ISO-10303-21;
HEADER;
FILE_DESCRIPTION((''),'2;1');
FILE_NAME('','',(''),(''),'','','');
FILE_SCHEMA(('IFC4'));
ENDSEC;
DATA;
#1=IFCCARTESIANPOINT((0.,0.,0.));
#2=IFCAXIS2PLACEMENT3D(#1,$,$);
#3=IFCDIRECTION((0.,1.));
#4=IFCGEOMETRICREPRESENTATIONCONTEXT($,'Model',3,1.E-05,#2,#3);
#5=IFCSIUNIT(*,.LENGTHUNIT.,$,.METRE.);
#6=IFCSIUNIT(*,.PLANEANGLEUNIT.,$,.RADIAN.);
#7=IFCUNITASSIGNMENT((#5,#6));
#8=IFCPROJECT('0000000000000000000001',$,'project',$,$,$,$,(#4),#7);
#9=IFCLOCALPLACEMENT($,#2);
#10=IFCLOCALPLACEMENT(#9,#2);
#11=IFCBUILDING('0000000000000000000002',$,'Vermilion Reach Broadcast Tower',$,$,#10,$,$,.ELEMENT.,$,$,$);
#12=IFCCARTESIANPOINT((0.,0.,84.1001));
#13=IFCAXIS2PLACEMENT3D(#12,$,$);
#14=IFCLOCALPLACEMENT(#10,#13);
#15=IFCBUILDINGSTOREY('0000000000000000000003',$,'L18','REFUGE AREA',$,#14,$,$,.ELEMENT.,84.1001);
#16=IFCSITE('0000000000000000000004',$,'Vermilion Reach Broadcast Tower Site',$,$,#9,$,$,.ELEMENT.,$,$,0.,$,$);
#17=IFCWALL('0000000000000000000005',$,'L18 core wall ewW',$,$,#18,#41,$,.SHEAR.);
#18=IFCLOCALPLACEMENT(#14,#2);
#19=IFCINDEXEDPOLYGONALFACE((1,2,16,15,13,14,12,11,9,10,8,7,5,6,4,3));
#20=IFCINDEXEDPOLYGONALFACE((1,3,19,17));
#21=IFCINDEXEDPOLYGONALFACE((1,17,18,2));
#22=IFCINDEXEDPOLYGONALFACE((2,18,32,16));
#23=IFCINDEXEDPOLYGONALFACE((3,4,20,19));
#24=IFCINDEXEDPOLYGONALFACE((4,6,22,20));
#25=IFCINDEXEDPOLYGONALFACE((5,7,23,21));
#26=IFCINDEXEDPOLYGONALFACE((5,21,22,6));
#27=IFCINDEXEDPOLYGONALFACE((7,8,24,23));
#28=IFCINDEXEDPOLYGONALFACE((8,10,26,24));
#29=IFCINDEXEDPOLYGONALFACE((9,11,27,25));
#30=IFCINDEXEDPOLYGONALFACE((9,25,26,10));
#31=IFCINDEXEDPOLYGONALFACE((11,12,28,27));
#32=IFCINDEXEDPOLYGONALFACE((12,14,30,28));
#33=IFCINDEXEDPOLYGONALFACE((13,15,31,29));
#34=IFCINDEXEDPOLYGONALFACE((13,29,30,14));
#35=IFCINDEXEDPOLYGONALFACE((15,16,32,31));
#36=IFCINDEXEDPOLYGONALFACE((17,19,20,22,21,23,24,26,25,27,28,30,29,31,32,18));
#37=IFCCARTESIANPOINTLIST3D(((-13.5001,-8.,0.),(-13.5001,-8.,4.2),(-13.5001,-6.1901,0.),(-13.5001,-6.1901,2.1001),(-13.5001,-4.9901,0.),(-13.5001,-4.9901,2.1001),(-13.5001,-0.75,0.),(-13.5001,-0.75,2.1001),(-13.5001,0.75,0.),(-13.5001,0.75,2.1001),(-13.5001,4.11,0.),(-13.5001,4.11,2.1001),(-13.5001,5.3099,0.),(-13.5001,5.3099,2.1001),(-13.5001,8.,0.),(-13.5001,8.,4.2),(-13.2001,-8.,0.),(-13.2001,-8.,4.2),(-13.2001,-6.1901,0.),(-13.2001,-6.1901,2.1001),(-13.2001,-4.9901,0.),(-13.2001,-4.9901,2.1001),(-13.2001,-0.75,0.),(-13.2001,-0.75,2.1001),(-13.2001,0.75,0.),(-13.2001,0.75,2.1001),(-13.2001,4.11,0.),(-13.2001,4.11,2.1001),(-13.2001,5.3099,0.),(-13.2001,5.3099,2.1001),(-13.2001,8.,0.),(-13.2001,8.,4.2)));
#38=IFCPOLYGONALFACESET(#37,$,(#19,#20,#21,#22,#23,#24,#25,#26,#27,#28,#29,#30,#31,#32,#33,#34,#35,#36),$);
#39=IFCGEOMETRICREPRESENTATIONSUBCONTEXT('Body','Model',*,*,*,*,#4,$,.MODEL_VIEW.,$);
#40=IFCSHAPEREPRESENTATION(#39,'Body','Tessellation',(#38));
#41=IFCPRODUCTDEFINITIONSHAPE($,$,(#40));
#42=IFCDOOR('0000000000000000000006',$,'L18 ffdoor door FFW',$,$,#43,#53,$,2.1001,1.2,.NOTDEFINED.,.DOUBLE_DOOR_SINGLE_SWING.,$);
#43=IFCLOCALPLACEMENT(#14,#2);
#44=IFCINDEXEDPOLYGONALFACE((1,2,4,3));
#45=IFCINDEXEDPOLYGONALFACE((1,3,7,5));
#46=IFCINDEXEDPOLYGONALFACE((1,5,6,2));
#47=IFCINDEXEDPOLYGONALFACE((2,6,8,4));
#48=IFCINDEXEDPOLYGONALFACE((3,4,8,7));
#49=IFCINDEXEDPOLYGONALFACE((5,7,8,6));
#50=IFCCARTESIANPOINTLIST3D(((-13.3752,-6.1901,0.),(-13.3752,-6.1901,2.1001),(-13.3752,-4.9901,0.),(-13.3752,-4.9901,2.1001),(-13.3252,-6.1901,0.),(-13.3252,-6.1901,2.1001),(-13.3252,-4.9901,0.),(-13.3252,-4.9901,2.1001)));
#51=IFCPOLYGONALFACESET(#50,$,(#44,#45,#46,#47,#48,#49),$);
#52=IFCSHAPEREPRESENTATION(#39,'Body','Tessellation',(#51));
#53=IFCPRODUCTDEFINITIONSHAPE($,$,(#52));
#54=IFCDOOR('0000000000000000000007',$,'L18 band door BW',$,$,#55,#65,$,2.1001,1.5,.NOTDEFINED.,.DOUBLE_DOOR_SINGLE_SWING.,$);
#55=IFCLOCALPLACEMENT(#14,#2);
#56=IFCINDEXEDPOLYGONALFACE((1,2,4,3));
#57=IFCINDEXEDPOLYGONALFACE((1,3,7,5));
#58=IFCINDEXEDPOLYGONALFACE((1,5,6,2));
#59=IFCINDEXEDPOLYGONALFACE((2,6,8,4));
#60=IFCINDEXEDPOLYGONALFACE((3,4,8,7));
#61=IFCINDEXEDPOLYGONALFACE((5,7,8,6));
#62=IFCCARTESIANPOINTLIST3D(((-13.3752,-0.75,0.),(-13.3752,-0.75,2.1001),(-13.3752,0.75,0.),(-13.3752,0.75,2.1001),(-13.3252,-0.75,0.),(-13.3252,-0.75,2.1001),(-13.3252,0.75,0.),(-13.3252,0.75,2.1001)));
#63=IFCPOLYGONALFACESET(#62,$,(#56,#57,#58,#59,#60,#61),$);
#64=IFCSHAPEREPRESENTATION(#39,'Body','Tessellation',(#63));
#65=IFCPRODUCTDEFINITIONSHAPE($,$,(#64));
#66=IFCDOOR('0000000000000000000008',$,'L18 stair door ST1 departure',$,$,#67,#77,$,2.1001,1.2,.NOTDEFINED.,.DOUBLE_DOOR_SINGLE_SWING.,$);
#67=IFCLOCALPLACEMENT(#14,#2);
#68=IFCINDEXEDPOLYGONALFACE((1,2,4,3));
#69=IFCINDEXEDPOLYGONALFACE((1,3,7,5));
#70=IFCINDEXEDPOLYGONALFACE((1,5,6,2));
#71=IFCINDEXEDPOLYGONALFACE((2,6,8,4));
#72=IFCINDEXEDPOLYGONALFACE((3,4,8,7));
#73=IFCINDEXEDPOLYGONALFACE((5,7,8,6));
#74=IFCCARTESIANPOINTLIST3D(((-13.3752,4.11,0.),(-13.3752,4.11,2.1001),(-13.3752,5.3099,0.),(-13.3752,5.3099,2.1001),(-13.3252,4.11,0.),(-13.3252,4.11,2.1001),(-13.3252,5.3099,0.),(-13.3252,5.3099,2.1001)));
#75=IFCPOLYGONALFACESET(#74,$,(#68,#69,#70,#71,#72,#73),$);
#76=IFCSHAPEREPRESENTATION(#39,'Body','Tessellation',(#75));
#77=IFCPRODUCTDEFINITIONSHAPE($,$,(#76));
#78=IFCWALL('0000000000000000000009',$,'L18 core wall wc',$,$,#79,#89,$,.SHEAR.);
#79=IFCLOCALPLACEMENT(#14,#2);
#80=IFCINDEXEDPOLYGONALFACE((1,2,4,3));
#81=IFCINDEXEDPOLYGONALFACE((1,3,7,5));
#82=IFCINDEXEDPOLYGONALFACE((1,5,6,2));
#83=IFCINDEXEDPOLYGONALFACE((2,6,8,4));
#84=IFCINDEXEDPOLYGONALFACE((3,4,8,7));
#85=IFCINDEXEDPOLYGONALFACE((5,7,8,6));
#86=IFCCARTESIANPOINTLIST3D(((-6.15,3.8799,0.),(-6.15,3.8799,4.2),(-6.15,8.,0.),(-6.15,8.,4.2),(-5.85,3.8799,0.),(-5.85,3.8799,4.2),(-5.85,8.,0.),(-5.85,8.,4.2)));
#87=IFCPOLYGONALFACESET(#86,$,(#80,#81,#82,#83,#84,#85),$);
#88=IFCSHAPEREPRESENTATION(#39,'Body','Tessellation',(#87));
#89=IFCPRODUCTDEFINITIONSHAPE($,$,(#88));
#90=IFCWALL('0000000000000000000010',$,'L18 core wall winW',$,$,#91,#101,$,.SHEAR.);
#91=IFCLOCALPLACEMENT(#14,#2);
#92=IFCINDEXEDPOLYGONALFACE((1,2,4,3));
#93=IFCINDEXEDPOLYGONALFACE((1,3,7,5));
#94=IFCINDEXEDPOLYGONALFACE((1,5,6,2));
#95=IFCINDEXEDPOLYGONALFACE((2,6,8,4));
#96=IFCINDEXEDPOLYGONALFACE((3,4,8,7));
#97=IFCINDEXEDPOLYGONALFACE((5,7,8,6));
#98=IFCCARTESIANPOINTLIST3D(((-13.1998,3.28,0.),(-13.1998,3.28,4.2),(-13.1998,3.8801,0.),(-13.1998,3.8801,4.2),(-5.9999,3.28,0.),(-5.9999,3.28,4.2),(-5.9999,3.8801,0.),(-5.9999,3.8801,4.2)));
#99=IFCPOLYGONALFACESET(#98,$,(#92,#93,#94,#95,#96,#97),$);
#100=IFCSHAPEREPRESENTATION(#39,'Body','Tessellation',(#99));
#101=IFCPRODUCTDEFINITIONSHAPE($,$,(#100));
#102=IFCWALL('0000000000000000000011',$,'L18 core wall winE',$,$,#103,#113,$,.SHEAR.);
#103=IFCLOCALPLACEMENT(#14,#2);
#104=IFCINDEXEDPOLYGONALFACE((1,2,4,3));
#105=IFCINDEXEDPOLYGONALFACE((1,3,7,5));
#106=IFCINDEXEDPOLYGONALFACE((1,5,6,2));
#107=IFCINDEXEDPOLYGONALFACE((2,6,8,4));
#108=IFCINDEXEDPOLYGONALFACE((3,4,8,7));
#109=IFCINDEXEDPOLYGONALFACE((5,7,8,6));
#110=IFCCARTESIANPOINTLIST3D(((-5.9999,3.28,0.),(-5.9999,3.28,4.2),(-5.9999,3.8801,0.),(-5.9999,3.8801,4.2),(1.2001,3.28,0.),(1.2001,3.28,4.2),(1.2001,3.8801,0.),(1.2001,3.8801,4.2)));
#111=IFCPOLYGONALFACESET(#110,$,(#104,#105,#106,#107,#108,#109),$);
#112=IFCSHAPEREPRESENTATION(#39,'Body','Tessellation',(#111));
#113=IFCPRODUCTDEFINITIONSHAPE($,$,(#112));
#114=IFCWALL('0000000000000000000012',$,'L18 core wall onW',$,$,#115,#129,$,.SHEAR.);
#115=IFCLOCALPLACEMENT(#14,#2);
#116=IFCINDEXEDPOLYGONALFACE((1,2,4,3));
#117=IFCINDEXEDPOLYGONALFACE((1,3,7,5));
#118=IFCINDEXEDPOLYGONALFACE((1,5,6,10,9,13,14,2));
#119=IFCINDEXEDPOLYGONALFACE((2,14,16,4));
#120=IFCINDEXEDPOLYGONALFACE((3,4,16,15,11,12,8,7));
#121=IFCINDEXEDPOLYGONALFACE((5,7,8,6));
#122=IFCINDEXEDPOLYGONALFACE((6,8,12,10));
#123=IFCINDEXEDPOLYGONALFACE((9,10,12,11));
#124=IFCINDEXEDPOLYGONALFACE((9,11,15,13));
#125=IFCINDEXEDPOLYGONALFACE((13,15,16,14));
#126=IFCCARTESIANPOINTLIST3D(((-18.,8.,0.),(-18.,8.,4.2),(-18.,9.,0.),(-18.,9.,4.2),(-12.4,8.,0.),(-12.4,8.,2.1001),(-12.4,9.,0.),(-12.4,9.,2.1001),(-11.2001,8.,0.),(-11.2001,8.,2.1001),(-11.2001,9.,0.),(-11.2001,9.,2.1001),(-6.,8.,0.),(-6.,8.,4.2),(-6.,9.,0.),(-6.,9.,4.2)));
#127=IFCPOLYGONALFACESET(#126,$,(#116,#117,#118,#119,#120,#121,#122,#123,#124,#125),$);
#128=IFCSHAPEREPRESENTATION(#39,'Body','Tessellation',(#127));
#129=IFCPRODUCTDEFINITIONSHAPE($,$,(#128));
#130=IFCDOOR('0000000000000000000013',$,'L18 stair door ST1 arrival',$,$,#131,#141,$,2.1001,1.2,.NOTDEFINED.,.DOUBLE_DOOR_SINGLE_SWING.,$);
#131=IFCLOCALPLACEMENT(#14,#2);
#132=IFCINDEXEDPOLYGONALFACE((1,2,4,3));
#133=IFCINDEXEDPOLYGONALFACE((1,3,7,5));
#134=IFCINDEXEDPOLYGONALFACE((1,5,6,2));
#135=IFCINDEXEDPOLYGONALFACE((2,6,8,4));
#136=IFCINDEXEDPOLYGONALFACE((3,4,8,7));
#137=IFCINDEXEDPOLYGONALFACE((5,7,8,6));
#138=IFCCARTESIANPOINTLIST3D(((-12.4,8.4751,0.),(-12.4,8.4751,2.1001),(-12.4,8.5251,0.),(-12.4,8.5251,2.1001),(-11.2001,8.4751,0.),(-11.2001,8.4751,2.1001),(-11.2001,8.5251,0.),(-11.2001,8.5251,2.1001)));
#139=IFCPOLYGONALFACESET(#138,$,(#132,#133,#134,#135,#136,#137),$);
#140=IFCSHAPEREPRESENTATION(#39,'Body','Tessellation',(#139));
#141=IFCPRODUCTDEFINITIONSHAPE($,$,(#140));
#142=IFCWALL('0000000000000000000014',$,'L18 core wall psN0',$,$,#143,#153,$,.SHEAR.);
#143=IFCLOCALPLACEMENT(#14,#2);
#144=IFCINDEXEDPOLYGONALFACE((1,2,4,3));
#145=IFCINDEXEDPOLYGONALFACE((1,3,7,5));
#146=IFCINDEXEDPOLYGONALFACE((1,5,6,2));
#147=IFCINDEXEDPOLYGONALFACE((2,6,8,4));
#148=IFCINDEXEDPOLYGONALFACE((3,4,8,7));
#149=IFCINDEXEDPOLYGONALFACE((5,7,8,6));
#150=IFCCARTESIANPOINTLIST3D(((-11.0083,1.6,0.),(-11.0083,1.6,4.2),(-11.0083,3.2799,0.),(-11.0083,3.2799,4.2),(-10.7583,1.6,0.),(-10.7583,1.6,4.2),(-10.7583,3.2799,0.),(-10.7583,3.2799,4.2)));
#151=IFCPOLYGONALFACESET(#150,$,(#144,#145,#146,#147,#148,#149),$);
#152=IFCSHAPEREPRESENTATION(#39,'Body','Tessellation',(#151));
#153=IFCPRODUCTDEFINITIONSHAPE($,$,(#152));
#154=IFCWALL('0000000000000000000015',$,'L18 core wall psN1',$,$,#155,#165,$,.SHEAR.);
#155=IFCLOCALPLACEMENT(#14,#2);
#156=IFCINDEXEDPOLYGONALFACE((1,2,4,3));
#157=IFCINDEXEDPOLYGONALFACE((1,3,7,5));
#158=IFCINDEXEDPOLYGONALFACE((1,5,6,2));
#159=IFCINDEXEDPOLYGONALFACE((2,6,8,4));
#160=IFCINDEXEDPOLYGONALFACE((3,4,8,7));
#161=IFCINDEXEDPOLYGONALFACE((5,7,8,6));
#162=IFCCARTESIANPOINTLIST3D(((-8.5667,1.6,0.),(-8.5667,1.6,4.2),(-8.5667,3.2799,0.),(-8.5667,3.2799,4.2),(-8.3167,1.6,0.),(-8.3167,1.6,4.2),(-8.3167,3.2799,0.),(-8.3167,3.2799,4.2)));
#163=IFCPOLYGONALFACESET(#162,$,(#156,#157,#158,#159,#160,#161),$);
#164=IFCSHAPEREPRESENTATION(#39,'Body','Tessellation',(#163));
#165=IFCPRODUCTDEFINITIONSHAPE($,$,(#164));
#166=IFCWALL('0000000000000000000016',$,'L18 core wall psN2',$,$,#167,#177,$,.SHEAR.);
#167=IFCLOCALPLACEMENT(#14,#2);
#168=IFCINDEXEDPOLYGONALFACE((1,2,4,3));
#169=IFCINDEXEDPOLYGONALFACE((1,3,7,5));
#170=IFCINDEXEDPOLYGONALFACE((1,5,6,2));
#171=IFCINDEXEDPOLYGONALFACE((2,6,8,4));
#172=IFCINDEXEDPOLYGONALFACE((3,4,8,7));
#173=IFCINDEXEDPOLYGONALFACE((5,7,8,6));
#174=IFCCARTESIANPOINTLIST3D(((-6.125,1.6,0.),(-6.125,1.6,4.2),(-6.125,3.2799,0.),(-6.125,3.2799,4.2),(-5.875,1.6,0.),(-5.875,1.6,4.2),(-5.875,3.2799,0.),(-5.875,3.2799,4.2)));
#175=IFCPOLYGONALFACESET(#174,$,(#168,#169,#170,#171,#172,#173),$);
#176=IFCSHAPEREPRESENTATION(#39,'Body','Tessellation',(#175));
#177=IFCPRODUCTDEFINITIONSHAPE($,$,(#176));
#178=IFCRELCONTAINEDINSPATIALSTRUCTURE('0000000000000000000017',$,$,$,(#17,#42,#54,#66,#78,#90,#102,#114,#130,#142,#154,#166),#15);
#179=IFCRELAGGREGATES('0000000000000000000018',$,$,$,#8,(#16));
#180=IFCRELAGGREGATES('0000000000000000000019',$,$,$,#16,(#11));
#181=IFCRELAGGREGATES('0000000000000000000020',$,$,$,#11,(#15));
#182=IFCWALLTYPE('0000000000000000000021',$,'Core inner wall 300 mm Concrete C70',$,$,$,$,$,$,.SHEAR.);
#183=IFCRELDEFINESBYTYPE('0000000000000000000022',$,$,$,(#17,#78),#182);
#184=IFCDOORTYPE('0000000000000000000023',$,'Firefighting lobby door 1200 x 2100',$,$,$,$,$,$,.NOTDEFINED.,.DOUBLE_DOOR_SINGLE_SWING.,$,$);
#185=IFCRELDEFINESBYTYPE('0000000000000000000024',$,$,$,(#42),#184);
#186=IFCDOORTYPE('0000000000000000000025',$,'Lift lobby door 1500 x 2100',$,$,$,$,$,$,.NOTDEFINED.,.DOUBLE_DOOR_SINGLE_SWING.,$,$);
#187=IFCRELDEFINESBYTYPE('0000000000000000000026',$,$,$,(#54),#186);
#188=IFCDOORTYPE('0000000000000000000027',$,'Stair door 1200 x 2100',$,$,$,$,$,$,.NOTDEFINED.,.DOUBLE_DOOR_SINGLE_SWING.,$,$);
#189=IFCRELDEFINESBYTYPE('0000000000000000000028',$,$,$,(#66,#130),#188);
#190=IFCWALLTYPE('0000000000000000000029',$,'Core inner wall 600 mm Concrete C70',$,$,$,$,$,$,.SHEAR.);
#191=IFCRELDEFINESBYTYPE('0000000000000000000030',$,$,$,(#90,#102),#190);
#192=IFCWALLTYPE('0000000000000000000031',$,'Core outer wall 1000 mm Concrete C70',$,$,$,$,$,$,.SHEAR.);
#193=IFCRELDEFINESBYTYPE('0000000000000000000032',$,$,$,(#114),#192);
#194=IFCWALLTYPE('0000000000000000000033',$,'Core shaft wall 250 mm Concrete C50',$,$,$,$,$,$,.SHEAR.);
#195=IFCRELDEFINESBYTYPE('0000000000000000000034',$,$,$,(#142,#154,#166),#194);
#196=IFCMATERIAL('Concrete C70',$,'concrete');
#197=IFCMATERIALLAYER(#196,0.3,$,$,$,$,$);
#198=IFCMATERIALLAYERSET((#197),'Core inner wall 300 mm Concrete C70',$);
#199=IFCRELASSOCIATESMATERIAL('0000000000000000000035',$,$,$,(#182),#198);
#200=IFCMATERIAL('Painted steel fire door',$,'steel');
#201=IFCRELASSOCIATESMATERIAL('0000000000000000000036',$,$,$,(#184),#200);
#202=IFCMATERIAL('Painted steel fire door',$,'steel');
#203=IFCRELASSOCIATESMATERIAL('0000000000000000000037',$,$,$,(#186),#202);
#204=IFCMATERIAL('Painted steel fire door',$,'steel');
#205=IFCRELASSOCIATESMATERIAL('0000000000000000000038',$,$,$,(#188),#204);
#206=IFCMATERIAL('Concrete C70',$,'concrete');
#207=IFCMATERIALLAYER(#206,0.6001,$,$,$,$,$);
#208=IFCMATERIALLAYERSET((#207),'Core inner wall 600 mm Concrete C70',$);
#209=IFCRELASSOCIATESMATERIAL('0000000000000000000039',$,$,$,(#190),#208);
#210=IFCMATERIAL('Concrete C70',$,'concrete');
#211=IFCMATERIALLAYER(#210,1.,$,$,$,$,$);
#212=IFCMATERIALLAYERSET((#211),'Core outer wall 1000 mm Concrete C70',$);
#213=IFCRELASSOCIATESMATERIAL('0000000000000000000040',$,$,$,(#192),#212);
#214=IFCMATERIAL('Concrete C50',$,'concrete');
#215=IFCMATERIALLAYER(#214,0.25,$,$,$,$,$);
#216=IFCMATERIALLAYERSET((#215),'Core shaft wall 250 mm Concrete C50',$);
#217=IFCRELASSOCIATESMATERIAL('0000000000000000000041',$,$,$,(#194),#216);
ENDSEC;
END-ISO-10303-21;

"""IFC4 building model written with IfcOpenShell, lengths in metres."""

from ifc_helpers import new_model, si_unit, direction, frame, frame_2d, origin, place, context, subcontext, project, spatial, rectangle, extrude, material, layer, layer_set, type_object, element, fill, save


model = new_model("IFC4")

# Units and contexts
model_context = context("Model", 3, precision=1e-05, world=origin(), true_north=direction((0.0, 1.0)))
body_context = subcontext(model_context, "Body", "Model", "MODEL_VIEW")
ifc_project = project(units=[si_unit("LENGTHUNIT", "METRE"), si_unit("PLANEANGLEUNIT", "RADIAN")], contexts=[model_context])

# Site, building, storey
site_placement = place(None, origin())
site = spatial("IfcSite", under=ifc_project, at=site_placement, Name="Vermilion Reach Broadcast Tower Site", CompositionType="ELEMENT", RefElevation=0.0)
building_placement = place(site_placement, origin())
building = spatial("IfcBuilding", under=site, at=building_placement, Name="Vermilion Reach Broadcast Tower", CompositionType="ELEMENT")
storey_placement = place(building_placement, frame((0.0, 0.0, 84.1001)))
storey = spatial("IfcBuildingStorey", under=building, at=storey_placement, Name="L18", Description="REFUGE AREA", CompositionType="ELEMENT", Elevation=84.1001)

# Wall, openings, doors
ifc_material_1 = material(Name="Concrete C70", Category="concrete")
ifc_layer_1 = layer(ifc_material_1, 0.3)
ifc_layer_set_1 = layer_set([ifc_layer_1], Name="Core inner wall 300 mm Concrete C70")
wall_type_1 = type_object("IfcWallType", Name="Core inner wall 300 mm Concrete C70", PredefinedType="SHEAR", material=ifc_layer_set_1)
wall_1_placement = place(storey_placement, frame((-13.3501, 8.0, 0.0), z_axis=(0.0, 0.0, 1.0), x_axis=(0.0, -1.0, 0.0)))
wall_1 = element("IfcWall", 1, at=wall_1_placement, inside=storey, type_object=wall_type_1, Name="L18 core wall ewW", PredefinedType="SHEAR", context=body_context, shape_type="SweptSolid", body=[
    extrude(rectangle(XDim=16.0, YDim=0.3, at=frame_2d((8.0, 0.0))), origin(), (0.0, 0.0, 1.0), 4.2),
])
opening_1_placement = place(wall_1_placement, frame((2.6899, 0.0, 0.0)))
opening_1 = element("IfcOpeningElement", 2, at=opening_1_placement, cuts=wall_1, PredefinedType="OPENING", context=body_context, shape_type="SweptSolid", body=[
    extrude(rectangle(XDim=1.2, YDim=2.1001, at=frame_2d((0.6001, 1.05))), frame((0.0, 0.1599, 0.0), z_axis=(0.0, -1.0, 0.0), x_axis=(1.0, 0.0, 0.0)), (0.0, 0.0, 1.0), 0.3201),
])
opening_2_placement = place(wall_1_placement, frame((12.99, 0.0, 0.0)))
opening_2 = element("IfcOpeningElement", 3, at=opening_2_placement, cuts=wall_1, PredefinedType="OPENING", context=body_context, shape_type="SweptSolid", body=[
    extrude(rectangle(XDim=1.2, YDim=2.1001, at=frame_2d((0.6001, 1.05))), frame((0.0, 0.1599, 0.0), z_axis=(0.0, -1.0, 0.0), x_axis=(1.0, 0.0, 0.0)), (0.0, 0.0, 1.0), 0.3201),
])
opening_3_placement = place(wall_1_placement, frame((7.25, 0.0, 0.0)))
opening_3 = element("IfcOpeningElement", 4, at=opening_3_placement, cuts=wall_1, PredefinedType="OPENING", context=body_context, shape_type="SweptSolid", body=[
    extrude(rectangle(XDim=1.5, YDim=2.1001, at=frame_2d((0.75, 1.05))), frame((0.0, 0.1599, 0.0), z_axis=(0.0, -1.0, 0.0), x_axis=(1.0, 0.0, 0.0)), (0.0, 0.0, 1.0), 0.3201),
])
ifc_material_2 = material(Name="Painted steel fire door", Category="steel")
door_type_1 = type_object("IfcDoorType", Name="Firefighting lobby door 1200 x 2100", OperationType="DOUBLE_DOOR_SINGLE_SWING", PredefinedType="NOTDEFINED", material=ifc_material_2)
door_1_placement = place(opening_2_placement, origin())
door_1 = element("IfcDoor", 5, at=door_1_placement, inside=storey, type_object=door_type_1, Name="L18 ffdoor door FFW", OperationType="DOUBLE_DOOR_SINGLE_SWING", OverallHeight=2.1001, OverallWidth=1.2, PredefinedType="NOTDEFINED", context=body_context, shape_type="SweptSolid", body=[
    extrude(rectangle(XDim=1.2, YDim=2.1001, at=frame_2d((0.6001, 1.05))), frame((0.0, 0.0249, 0.0), z_axis=(0.0, -1.0, 0.0), x_axis=(1.0, 0.0, 0.0)), (0.0, 0.0, 1.0), 0.05),
])
fill(opening_2, door_1)
ifc_material_3 = material(Name="Painted steel fire door", Category="steel")
door_type_2 = type_object("IfcDoorType", Name="Lift lobby door 1500 x 2100", OperationType="DOUBLE_DOOR_SINGLE_SWING", PredefinedType="NOTDEFINED", material=ifc_material_3)
door_2_placement = place(opening_3_placement, origin())
door_2 = element("IfcDoor", 6, at=door_2_placement, inside=storey, type_object=door_type_2, Name="L18 band door BW", OperationType="DOUBLE_DOOR_SINGLE_SWING", OverallHeight=2.1001, OverallWidth=1.5, PredefinedType="NOTDEFINED", context=body_context, shape_type="SweptSolid", body=[
    extrude(rectangle(XDim=1.5, YDim=2.1001, at=frame_2d((0.75, 1.05))), frame((0.0, 0.0249, 0.0), z_axis=(0.0, -1.0, 0.0), x_axis=(1.0, 0.0, 0.0)), (0.0, 0.0, 1.0), 0.05),
])
fill(opening_3, door_2)
ifc_material_4 = material(Name="Painted steel fire door", Category="steel")
door_type_3 = type_object("IfcDoorType", Name="Stair door 1200 x 2100", OperationType="DOUBLE_DOOR_SINGLE_SWING", PredefinedType="NOTDEFINED", material=ifc_material_4)
door_3_placement = place(opening_1_placement, origin())
door_3 = element("IfcDoor", 7, at=door_3_placement, inside=storey, type_object=door_type_3, Name="L18 stair door ST1 departure", OperationType="DOUBLE_DOOR_SINGLE_SWING", OverallHeight=2.1001, OverallWidth=1.2, PredefinedType="NOTDEFINED", context=body_context, shape_type="SweptSolid", body=[
    extrude(rectangle(XDim=1.2, YDim=2.1001, at=frame_2d((0.6001, 1.05))), frame((0.0, 0.0249, 0.0), z_axis=(0.0, -1.0, 0.0), x_axis=(1.0, 0.0, 0.0)), (0.0, 0.0, 1.0), 0.05),
])
fill(opening_1, door_3)

# Walls
wall_2_placement = place(storey_placement, frame((-6.0, 3.8799, 0.0), z_axis=(0.0, 0.0, 1.0), x_axis=(0.0, 1.0, 0.0)))
element("IfcWall", 8, at=wall_2_placement, inside=storey, type_object=wall_type_1, Name="L18 core wall wc", PredefinedType="SHEAR", context=body_context, shape_type="SweptSolid", body=[
    extrude(rectangle(XDim=4.1201, YDim=0.3, at=frame_2d((2.0601, 0.0))), origin(), (0.0, 0.0, 1.0), 4.2),
])
ifc_material_5 = material(Name="Concrete C70", Category="concrete")
ifc_layer_2 = layer(ifc_material_5, 0.6001)
ifc_layer_set_2 = layer_set([ifc_layer_2], Name="Core inner wall 600 mm Concrete C70")
wall_type_2 = type_object("IfcWallType", Name="Core inner wall 600 mm Concrete C70", PredefinedType="SHEAR", material=ifc_layer_set_2)
for number, where, z_axis, x_axis, name in (
    (9, (-13.2, 3.5801, 0.0), (0.0, 0.0, 1.0), (1.0, 0.0, 0.0), "L18 core wall winW"),
    (10, (-6.0, 3.5801, 0.0), (0.0, 0.0, 1.0), (1.0, 0.0, 0.0), "L18 core wall winE"),
):
    element("IfcWall", number, at=place(storey_placement, frame(where, z_axis=z_axis, x_axis=x_axis)), inside=storey, type_object=wall_type_2, Name=name, PredefinedType="SHEAR", context=body_context, shape_type="SweptSolid", body=[
        extrude(rectangle(XDim=7.2, YDim=0.6001, at=frame_2d((3.6001, 0.0))), origin(), (0.0, 0.0, 1.0), 4.2),
    ])

# Wall, opening, door
ifc_material_6 = material(Name="Concrete C70", Category="concrete")
ifc_layer_3 = layer(ifc_material_6, 1.0)
ifc_layer_set_3 = layer_set([ifc_layer_3], Name="Core outer wall 1000 mm Concrete C70")
wall_type_3 = type_object("IfcWallType", Name="Core outer wall 1000 mm Concrete C70", PredefinedType="SHEAR", material=ifc_layer_set_3)
wall_3_placement = place(storey_placement, frame((-6.0, 8.5, 0.0), z_axis=(0.0, 0.0, 1.0), x_axis=(-1.0, 0.0, 0.0)))
wall_3 = element("IfcWall", 11, at=wall_3_placement, inside=storey, type_object=wall_type_3, Name="L18 core wall onW", PredefinedType="SHEAR", context=body_context, shape_type="SweptSolid", body=[
    extrude(rectangle(XDim=12.0, YDim=1.0, at=frame_2d((6.0, 0.0))), origin(), (0.0, 0.0, 1.0), 4.2),
])
opening_4_placement = place(wall_3_placement, frame((5.2, 0.0, 0.0)))
opening_4 = element("IfcOpeningElement", 12, at=opening_4_placement, cuts=wall_3, PredefinedType="OPENING", context=body_context, shape_type="SweptSolid", body=[
    extrude(rectangle(XDim=1.2, YDim=2.1001, at=frame_2d((0.6001, 1.05))), frame((0.0, 0.51, 0.0), z_axis=(0.0, -1.0, 0.0), x_axis=(1.0, 0.0, 0.0)), (0.0, 0.0, 1.0), 1.02),
])
door_4_placement = place(opening_4_placement, origin())
door_4 = element("IfcDoor", 13, at=door_4_placement, inside=storey, type_object=door_type_3, Name="L18 stair door ST1 arrival", OperationType="DOUBLE_DOOR_SINGLE_SWING", OverallHeight=2.1001, OverallWidth=1.2, PredefinedType="NOTDEFINED", context=body_context, shape_type="SweptSolid", body=[
    extrude(rectangle(XDim=1.2, YDim=2.1001, at=frame_2d((0.6001, 1.05))), frame((0.0, 0.0249, 0.0), z_axis=(0.0, -1.0, 0.0), x_axis=(1.0, 0.0, 0.0)), (0.0, 0.0, 1.0), 0.05),
])
fill(opening_4, door_4)

# Walls
ifc_material_7 = material(Name="Concrete C50", Category="concrete")
ifc_layer_4 = layer(ifc_material_7, 0.25)
ifc_layer_set_4 = layer_set([ifc_layer_4], Name="Core shaft wall 250 mm Concrete C50")
wall_type_4 = type_object("IfcWallType", Name="Core shaft wall 250 mm Concrete C50", PredefinedType="SHEAR", material=ifc_layer_set_4)
for number, where, z_axis, x_axis, name in (
    (14, (-10.8833, 1.6001, 0.0), (0.0, 0.0, 1.0), (0.0, 1.0, 0.0), "L18 core wall psN0"),
    (15, (-8.4417, 1.6001, 0.0), (0.0, 0.0, 1.0), (0.0, 1.0, 0.0), "L18 core wall psN1"),
    (16, (-6.0, 1.6001, 0.0), (0.0, 0.0, 1.0), (0.0, 1.0, 0.0), "L18 core wall psN2"),
):
    element("IfcWall", number, at=place(storey_placement, frame(where, z_axis=z_axis, x_axis=x_axis)), inside=storey, type_object=wall_type_4, Name=name, PredefinedType="SHEAR", context=body_context, shape_type="SweptSolid", body=[
        extrude(rectangle(XDim=1.6799, YDim=0.25, at=frame_2d((0.8398, 0.0))), origin(), (0.0, 0.0, 1.0), 4.2),
    ])

save(model, "model.ifc")
